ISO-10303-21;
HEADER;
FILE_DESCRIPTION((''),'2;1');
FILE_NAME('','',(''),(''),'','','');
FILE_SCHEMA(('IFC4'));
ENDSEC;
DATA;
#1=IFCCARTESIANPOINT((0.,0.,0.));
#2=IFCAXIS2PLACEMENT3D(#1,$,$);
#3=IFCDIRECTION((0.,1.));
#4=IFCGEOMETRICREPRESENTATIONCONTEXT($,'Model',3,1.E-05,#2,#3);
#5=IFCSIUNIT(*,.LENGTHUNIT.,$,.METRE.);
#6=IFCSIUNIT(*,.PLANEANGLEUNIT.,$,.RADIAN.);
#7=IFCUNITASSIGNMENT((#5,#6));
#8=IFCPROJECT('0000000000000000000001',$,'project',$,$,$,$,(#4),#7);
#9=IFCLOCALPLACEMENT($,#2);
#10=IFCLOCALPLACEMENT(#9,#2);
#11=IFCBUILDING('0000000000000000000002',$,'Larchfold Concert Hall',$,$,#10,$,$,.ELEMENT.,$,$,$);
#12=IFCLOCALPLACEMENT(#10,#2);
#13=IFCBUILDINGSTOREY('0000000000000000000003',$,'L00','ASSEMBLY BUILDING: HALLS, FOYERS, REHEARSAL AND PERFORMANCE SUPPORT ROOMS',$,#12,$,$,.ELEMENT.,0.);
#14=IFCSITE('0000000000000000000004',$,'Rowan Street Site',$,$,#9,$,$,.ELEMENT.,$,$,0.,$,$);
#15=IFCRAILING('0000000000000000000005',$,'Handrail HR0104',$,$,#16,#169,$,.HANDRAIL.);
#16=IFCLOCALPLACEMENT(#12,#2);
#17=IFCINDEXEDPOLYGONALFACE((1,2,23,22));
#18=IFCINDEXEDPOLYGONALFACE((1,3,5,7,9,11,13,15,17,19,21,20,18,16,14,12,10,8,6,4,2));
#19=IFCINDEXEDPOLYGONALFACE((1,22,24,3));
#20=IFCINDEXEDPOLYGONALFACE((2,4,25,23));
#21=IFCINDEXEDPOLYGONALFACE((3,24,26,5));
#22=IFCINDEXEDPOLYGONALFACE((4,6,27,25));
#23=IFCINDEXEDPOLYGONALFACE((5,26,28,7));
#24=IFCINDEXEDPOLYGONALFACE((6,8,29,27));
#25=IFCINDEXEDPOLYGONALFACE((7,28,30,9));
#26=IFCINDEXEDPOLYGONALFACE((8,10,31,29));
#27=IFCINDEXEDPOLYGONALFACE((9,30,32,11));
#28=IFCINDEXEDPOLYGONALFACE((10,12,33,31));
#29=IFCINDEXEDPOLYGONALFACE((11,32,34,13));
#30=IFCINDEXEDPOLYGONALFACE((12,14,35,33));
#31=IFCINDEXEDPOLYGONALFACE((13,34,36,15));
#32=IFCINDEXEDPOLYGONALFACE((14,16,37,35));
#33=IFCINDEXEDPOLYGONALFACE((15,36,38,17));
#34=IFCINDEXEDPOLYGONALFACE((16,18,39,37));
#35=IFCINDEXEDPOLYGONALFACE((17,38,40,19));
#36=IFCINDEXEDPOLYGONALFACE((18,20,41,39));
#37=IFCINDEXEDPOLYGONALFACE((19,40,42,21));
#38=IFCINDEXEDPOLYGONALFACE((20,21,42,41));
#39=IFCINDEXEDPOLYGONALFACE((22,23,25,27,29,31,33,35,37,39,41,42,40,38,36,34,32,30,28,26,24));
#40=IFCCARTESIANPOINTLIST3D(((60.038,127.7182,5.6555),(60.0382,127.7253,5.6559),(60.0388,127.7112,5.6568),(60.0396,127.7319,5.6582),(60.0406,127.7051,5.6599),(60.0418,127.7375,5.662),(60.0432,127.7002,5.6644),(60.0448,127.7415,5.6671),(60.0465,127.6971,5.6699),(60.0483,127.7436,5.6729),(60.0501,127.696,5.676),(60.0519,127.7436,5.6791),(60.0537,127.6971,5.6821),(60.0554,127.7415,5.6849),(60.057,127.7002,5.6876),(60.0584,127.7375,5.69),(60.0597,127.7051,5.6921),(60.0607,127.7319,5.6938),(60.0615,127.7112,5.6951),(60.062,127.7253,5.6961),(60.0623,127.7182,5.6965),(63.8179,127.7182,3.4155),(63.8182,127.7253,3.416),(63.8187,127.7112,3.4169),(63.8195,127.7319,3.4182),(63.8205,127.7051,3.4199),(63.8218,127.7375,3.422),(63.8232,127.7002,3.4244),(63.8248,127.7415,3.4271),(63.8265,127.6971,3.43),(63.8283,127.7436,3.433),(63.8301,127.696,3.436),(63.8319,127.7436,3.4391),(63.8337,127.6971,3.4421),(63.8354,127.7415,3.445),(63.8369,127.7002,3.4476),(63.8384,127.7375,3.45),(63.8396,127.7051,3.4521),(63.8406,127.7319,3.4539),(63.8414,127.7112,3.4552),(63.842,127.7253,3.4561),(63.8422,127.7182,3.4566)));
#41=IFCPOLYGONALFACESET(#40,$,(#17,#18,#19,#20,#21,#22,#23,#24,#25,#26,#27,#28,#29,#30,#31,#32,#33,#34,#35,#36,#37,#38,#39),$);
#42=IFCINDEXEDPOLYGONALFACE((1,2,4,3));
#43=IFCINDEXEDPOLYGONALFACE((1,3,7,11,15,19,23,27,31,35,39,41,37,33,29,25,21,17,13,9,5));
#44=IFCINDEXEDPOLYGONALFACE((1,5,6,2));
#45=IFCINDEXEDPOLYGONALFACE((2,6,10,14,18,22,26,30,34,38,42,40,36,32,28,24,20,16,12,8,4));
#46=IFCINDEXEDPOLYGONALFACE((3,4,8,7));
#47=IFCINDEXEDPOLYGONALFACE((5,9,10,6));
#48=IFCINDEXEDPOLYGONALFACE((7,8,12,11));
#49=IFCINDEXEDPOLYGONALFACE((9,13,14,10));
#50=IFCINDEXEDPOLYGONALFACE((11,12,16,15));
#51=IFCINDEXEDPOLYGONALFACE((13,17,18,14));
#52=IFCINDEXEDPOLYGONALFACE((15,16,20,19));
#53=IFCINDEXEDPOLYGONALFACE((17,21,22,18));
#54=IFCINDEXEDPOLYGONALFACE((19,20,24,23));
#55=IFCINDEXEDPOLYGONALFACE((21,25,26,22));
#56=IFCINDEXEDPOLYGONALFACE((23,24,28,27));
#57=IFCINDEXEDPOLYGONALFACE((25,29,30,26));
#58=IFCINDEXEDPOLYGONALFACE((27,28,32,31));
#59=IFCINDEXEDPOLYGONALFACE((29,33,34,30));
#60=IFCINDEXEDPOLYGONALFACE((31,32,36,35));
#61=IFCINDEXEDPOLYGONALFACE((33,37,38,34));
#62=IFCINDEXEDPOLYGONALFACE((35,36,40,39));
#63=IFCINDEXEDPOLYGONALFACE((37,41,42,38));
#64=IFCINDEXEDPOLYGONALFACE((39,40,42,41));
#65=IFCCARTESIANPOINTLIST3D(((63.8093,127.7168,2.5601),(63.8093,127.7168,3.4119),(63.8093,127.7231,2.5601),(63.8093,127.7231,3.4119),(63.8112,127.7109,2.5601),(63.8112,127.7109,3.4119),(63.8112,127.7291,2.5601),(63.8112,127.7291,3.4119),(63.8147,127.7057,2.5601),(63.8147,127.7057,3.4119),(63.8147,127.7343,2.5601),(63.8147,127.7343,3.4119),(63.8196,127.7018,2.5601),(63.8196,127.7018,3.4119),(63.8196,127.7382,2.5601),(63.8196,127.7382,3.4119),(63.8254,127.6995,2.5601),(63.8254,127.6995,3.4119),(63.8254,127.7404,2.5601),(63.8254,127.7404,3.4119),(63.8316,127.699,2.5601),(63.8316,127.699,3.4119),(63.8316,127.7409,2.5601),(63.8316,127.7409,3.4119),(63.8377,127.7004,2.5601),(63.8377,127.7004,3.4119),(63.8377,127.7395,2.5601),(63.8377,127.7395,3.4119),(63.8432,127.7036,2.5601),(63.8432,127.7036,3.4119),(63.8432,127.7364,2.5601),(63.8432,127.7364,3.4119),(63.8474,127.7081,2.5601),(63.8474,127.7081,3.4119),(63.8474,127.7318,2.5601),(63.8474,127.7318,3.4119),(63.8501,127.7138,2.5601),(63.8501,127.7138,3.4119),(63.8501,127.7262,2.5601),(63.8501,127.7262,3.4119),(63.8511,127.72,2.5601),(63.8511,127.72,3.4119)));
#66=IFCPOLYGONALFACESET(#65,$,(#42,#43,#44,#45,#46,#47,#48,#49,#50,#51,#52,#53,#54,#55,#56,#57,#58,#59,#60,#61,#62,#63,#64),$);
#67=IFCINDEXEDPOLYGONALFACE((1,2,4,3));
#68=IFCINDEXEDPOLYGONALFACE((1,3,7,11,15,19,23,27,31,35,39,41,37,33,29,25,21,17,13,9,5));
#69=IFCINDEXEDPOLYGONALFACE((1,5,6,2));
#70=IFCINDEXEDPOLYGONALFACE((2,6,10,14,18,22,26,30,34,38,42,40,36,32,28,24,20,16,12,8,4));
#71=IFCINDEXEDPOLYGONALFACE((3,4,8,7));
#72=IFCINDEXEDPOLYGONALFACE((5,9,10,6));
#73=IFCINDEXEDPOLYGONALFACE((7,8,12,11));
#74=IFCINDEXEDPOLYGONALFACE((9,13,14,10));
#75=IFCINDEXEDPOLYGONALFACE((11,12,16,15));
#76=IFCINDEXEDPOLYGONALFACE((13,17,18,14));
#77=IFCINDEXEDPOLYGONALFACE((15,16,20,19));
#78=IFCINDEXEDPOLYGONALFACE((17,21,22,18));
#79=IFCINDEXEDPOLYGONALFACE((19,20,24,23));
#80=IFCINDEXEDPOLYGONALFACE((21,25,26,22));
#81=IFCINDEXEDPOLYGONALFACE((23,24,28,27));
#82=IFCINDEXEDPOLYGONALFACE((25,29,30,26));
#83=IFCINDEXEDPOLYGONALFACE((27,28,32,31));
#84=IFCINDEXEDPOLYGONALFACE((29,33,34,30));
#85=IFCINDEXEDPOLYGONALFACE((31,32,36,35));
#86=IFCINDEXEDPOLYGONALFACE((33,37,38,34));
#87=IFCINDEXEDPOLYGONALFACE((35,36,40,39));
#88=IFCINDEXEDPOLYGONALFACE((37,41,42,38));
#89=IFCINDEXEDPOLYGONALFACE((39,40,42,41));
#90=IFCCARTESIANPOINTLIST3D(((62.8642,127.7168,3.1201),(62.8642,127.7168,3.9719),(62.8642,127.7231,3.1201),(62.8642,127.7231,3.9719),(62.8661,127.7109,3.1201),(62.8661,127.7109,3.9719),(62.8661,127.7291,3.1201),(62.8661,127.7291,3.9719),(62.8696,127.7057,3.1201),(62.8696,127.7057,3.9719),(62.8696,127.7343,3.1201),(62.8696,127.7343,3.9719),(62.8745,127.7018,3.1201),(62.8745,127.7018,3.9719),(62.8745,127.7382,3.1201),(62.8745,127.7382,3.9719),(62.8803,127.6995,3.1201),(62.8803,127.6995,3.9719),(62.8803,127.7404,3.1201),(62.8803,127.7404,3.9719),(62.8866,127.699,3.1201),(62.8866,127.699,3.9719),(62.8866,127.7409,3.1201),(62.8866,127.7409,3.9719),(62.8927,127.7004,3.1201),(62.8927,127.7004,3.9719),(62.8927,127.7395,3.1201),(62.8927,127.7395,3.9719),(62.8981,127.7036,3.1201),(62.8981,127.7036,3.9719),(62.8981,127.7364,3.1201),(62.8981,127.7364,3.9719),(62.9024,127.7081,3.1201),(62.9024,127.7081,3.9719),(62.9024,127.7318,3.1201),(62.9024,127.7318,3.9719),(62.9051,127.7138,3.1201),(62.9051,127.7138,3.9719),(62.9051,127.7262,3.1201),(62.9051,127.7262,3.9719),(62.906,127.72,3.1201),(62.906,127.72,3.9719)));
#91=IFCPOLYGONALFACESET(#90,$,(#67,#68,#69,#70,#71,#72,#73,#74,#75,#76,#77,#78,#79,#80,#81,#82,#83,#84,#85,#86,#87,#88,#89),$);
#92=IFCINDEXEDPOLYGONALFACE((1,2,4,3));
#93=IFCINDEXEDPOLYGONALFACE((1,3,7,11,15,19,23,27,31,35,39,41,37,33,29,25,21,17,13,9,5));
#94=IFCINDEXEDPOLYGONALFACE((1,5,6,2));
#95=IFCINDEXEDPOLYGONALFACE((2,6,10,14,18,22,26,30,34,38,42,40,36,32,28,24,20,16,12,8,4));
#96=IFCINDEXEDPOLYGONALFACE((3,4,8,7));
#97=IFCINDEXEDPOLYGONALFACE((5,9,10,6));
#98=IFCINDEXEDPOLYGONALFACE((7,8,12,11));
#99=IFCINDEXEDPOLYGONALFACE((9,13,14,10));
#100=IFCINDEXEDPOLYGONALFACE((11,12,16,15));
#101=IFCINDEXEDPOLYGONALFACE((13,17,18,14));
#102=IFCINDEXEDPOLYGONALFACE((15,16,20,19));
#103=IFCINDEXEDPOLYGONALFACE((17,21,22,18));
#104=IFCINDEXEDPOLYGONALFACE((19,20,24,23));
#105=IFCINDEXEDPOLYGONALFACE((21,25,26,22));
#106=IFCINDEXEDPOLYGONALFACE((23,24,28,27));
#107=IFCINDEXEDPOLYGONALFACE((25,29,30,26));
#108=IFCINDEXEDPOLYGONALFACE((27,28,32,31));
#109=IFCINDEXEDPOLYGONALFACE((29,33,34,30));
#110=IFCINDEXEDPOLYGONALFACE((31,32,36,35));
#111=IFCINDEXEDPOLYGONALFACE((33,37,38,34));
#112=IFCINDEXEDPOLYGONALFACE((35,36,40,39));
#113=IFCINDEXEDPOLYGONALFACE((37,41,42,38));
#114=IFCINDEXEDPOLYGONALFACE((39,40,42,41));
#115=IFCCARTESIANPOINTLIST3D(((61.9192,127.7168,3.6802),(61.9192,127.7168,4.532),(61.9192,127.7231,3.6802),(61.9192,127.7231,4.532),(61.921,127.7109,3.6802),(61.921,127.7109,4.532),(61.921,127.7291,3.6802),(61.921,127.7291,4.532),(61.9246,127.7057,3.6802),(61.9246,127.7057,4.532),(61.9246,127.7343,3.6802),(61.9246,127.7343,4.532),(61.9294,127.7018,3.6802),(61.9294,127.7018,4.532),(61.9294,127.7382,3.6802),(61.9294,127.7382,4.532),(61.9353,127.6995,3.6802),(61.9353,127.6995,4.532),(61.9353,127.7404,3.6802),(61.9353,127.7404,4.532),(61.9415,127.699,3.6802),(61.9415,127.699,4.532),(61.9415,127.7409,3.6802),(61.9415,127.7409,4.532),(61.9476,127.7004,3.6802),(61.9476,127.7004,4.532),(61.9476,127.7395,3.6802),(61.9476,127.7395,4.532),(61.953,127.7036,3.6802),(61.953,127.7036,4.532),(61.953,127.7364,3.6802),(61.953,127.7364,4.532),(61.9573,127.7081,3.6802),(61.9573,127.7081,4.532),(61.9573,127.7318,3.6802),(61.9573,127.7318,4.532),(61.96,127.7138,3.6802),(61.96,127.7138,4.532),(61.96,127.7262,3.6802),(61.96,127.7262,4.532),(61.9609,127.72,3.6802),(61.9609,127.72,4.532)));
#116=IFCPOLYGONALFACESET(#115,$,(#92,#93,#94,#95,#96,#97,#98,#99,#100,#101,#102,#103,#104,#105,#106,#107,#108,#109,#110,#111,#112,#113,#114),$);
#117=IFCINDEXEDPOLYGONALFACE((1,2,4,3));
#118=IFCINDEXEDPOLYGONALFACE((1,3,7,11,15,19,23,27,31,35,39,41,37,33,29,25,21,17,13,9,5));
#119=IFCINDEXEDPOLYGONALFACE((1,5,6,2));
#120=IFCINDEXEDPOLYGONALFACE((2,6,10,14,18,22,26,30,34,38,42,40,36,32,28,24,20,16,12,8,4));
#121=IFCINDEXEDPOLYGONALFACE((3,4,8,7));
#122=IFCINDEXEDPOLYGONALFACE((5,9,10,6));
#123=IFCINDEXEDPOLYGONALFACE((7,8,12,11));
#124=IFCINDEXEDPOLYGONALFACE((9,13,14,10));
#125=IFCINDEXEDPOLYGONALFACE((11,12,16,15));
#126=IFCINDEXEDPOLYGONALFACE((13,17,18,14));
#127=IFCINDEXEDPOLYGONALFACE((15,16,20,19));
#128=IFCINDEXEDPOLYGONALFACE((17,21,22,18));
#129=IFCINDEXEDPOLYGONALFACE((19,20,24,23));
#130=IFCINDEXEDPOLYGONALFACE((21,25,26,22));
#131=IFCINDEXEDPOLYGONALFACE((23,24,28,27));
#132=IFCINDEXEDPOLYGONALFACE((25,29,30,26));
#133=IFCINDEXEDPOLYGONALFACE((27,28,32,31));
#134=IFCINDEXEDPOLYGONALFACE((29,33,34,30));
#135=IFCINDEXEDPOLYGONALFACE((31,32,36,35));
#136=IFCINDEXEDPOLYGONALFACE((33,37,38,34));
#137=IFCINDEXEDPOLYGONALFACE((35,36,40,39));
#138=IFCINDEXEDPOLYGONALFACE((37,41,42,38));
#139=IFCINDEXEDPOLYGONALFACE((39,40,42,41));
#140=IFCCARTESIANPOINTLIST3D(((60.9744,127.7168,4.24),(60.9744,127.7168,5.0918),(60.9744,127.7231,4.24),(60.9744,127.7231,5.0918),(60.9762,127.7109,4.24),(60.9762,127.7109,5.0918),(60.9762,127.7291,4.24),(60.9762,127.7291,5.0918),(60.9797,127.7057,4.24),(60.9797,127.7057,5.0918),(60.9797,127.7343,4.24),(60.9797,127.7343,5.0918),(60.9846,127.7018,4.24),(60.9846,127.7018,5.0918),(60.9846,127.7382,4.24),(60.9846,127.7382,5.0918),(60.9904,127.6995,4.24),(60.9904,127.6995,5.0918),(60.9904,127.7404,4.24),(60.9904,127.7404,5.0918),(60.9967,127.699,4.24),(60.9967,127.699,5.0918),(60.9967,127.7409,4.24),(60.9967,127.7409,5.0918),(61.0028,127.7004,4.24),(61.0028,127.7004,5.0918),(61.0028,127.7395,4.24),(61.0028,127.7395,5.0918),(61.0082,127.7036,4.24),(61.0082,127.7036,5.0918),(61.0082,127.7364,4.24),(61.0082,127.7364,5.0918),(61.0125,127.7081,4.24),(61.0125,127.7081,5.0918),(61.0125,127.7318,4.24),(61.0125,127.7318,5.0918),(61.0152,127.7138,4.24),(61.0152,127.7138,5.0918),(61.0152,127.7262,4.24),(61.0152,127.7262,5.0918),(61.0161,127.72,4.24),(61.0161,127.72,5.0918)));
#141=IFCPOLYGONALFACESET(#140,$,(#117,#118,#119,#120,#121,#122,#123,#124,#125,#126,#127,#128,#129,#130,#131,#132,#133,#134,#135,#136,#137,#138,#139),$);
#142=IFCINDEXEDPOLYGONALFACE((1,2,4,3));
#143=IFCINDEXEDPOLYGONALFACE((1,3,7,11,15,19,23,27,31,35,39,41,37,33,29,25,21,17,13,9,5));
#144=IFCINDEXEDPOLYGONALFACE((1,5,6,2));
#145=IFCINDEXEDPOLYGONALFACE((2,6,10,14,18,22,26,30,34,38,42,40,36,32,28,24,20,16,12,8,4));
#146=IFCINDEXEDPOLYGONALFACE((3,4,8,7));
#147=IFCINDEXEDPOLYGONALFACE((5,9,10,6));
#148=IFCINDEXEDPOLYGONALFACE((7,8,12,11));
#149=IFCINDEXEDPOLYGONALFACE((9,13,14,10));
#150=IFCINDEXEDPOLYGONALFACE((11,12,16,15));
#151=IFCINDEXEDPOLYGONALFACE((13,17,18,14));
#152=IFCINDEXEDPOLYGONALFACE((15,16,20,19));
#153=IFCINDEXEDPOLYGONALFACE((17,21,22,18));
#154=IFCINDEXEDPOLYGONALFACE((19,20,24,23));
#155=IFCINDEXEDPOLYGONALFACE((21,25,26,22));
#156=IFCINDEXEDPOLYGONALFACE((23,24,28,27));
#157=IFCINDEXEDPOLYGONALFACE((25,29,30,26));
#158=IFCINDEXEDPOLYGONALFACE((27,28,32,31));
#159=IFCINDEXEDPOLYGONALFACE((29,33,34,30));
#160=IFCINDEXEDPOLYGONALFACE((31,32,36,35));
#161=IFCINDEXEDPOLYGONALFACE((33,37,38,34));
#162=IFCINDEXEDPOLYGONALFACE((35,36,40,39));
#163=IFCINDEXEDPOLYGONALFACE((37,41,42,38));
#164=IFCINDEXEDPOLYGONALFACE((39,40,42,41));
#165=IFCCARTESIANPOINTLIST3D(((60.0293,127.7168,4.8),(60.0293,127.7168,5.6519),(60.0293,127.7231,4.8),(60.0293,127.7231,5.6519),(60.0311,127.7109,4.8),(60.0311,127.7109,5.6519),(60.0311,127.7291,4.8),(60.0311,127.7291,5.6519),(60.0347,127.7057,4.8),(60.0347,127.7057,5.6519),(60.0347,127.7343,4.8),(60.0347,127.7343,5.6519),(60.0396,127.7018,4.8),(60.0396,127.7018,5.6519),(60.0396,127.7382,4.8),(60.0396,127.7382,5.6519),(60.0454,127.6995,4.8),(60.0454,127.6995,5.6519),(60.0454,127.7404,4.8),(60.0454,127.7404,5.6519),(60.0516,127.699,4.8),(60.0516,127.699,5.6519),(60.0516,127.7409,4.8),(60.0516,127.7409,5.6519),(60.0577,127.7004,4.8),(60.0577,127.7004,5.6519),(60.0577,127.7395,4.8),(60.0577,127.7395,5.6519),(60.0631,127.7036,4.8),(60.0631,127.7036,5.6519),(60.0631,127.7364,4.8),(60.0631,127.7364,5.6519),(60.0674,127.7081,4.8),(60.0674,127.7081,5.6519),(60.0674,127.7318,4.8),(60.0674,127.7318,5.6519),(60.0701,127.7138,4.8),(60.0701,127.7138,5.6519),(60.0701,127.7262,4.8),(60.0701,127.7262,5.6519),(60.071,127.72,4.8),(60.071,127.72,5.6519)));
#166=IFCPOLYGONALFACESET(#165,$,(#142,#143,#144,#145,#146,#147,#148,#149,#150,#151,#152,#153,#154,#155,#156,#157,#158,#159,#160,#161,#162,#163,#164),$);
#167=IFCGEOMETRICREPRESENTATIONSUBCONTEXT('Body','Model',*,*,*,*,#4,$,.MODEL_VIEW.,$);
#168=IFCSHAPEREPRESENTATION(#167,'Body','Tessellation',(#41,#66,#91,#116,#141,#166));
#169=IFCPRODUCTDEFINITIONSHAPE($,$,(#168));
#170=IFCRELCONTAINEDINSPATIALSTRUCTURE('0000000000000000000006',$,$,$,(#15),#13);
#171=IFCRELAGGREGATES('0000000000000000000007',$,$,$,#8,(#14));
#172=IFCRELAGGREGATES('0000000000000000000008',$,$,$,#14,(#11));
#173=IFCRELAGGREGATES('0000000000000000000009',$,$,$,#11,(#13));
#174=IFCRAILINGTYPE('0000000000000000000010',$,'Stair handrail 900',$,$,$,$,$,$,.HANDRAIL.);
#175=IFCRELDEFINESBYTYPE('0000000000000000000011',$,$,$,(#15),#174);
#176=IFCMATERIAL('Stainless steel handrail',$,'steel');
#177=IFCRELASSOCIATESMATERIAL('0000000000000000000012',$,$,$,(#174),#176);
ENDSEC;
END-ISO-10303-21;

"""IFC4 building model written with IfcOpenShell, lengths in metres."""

from ifc_helpers import new_model, si_unit, direction, frame, origin, origin_2d, place, context, subcontext, project, spatial, circle, extrude, material, type_object, element, save


model = new_model("IFC4")

# Units and contexts
model_context = context("Model", 3, precision=1e-05, world=origin(), true_north=direction((0.0, 1.0)))
body_context = subcontext(model_context, "Body", "Model", "MODEL_VIEW")
ifc_project = project(units=[si_unit("LENGTHUNIT", "METRE"), si_unit("PLANEANGLEUNIT", "RADIAN")], contexts=[model_context])

# Site, building, storey
site_placement = place(None, origin())
site = spatial("IfcSite", under=ifc_project, at=site_placement, Name="Rowan Street Site", CompositionType="ELEMENT", RefElevation=0.0)
building_placement = place(site_placement, origin())
building = spatial("IfcBuilding", under=site, at=building_placement, Name="Larchfold Concert Hall", CompositionType="ELEMENT")
storey_placement = place(building_placement, origin())
storey = spatial("IfcBuildingStorey", under=building, at=storey_placement, Name="L00", Description="ASSEMBLY BUILDING: HALLS, FOYERS, REHEARSAL AND PERFORMANCE SUPPORT ROOMS", CompositionType="ELEMENT", Elevation=0.0)

# Railing
ifc_material_1 = material(Name="Stainless steel handrail", Category="steel")
railing_type_1 = type_object("IfcRailingType", Name="Stair handrail 900", PredefinedType="HANDRAIL", material=ifc_material_1)
railing_1_placement = place(storey_placement, frame((63.8301, 127.72, 2.5601)))
element("IfcRailing", 1, at=railing_1_placement, inside=storey, type_object=railing_type_1, Name="Handrail HR0104", PredefinedType="HANDRAIL", context=body_context, shape_type="SweptSolid", body=[
    extrude(circle(Radius=0.0239, at=origin_2d()), frame((0.0, 0.0, 0.876), z_axis=(-0.860294, 0.0, 0.509798), x_axis=(0.0, -1.0, 0.0)), (0.0, 0.0, 1.0), 4.3938),
    extrude(circle(Radius=0.021, at=origin_2d()), origin(), (0.0, 0.0, 1.0), 0.8518),
    extrude(circle(Radius=0.021, at=origin_2d()), frame((-0.9451, 0.0, 0.5601)), (0.0, 0.0, 1.0), 0.8518),
    extrude(circle(Radius=0.021, at=origin_2d()), frame((-1.8901, 0.0, 1.1201)), (0.0, 0.0, 1.0), 0.8518),
    extrude(circle(Radius=0.021, at=origin_2d()), frame((-2.835, 0.0, 1.6799)), (0.0, 0.0, 1.0), 0.8518),
    extrude(circle(Radius=0.021, at=origin_2d()), frame((-3.78, 0.0, 2.24)), (0.0, 0.0, 1.0), 0.8518),
])

save(model, "model.ifc")
